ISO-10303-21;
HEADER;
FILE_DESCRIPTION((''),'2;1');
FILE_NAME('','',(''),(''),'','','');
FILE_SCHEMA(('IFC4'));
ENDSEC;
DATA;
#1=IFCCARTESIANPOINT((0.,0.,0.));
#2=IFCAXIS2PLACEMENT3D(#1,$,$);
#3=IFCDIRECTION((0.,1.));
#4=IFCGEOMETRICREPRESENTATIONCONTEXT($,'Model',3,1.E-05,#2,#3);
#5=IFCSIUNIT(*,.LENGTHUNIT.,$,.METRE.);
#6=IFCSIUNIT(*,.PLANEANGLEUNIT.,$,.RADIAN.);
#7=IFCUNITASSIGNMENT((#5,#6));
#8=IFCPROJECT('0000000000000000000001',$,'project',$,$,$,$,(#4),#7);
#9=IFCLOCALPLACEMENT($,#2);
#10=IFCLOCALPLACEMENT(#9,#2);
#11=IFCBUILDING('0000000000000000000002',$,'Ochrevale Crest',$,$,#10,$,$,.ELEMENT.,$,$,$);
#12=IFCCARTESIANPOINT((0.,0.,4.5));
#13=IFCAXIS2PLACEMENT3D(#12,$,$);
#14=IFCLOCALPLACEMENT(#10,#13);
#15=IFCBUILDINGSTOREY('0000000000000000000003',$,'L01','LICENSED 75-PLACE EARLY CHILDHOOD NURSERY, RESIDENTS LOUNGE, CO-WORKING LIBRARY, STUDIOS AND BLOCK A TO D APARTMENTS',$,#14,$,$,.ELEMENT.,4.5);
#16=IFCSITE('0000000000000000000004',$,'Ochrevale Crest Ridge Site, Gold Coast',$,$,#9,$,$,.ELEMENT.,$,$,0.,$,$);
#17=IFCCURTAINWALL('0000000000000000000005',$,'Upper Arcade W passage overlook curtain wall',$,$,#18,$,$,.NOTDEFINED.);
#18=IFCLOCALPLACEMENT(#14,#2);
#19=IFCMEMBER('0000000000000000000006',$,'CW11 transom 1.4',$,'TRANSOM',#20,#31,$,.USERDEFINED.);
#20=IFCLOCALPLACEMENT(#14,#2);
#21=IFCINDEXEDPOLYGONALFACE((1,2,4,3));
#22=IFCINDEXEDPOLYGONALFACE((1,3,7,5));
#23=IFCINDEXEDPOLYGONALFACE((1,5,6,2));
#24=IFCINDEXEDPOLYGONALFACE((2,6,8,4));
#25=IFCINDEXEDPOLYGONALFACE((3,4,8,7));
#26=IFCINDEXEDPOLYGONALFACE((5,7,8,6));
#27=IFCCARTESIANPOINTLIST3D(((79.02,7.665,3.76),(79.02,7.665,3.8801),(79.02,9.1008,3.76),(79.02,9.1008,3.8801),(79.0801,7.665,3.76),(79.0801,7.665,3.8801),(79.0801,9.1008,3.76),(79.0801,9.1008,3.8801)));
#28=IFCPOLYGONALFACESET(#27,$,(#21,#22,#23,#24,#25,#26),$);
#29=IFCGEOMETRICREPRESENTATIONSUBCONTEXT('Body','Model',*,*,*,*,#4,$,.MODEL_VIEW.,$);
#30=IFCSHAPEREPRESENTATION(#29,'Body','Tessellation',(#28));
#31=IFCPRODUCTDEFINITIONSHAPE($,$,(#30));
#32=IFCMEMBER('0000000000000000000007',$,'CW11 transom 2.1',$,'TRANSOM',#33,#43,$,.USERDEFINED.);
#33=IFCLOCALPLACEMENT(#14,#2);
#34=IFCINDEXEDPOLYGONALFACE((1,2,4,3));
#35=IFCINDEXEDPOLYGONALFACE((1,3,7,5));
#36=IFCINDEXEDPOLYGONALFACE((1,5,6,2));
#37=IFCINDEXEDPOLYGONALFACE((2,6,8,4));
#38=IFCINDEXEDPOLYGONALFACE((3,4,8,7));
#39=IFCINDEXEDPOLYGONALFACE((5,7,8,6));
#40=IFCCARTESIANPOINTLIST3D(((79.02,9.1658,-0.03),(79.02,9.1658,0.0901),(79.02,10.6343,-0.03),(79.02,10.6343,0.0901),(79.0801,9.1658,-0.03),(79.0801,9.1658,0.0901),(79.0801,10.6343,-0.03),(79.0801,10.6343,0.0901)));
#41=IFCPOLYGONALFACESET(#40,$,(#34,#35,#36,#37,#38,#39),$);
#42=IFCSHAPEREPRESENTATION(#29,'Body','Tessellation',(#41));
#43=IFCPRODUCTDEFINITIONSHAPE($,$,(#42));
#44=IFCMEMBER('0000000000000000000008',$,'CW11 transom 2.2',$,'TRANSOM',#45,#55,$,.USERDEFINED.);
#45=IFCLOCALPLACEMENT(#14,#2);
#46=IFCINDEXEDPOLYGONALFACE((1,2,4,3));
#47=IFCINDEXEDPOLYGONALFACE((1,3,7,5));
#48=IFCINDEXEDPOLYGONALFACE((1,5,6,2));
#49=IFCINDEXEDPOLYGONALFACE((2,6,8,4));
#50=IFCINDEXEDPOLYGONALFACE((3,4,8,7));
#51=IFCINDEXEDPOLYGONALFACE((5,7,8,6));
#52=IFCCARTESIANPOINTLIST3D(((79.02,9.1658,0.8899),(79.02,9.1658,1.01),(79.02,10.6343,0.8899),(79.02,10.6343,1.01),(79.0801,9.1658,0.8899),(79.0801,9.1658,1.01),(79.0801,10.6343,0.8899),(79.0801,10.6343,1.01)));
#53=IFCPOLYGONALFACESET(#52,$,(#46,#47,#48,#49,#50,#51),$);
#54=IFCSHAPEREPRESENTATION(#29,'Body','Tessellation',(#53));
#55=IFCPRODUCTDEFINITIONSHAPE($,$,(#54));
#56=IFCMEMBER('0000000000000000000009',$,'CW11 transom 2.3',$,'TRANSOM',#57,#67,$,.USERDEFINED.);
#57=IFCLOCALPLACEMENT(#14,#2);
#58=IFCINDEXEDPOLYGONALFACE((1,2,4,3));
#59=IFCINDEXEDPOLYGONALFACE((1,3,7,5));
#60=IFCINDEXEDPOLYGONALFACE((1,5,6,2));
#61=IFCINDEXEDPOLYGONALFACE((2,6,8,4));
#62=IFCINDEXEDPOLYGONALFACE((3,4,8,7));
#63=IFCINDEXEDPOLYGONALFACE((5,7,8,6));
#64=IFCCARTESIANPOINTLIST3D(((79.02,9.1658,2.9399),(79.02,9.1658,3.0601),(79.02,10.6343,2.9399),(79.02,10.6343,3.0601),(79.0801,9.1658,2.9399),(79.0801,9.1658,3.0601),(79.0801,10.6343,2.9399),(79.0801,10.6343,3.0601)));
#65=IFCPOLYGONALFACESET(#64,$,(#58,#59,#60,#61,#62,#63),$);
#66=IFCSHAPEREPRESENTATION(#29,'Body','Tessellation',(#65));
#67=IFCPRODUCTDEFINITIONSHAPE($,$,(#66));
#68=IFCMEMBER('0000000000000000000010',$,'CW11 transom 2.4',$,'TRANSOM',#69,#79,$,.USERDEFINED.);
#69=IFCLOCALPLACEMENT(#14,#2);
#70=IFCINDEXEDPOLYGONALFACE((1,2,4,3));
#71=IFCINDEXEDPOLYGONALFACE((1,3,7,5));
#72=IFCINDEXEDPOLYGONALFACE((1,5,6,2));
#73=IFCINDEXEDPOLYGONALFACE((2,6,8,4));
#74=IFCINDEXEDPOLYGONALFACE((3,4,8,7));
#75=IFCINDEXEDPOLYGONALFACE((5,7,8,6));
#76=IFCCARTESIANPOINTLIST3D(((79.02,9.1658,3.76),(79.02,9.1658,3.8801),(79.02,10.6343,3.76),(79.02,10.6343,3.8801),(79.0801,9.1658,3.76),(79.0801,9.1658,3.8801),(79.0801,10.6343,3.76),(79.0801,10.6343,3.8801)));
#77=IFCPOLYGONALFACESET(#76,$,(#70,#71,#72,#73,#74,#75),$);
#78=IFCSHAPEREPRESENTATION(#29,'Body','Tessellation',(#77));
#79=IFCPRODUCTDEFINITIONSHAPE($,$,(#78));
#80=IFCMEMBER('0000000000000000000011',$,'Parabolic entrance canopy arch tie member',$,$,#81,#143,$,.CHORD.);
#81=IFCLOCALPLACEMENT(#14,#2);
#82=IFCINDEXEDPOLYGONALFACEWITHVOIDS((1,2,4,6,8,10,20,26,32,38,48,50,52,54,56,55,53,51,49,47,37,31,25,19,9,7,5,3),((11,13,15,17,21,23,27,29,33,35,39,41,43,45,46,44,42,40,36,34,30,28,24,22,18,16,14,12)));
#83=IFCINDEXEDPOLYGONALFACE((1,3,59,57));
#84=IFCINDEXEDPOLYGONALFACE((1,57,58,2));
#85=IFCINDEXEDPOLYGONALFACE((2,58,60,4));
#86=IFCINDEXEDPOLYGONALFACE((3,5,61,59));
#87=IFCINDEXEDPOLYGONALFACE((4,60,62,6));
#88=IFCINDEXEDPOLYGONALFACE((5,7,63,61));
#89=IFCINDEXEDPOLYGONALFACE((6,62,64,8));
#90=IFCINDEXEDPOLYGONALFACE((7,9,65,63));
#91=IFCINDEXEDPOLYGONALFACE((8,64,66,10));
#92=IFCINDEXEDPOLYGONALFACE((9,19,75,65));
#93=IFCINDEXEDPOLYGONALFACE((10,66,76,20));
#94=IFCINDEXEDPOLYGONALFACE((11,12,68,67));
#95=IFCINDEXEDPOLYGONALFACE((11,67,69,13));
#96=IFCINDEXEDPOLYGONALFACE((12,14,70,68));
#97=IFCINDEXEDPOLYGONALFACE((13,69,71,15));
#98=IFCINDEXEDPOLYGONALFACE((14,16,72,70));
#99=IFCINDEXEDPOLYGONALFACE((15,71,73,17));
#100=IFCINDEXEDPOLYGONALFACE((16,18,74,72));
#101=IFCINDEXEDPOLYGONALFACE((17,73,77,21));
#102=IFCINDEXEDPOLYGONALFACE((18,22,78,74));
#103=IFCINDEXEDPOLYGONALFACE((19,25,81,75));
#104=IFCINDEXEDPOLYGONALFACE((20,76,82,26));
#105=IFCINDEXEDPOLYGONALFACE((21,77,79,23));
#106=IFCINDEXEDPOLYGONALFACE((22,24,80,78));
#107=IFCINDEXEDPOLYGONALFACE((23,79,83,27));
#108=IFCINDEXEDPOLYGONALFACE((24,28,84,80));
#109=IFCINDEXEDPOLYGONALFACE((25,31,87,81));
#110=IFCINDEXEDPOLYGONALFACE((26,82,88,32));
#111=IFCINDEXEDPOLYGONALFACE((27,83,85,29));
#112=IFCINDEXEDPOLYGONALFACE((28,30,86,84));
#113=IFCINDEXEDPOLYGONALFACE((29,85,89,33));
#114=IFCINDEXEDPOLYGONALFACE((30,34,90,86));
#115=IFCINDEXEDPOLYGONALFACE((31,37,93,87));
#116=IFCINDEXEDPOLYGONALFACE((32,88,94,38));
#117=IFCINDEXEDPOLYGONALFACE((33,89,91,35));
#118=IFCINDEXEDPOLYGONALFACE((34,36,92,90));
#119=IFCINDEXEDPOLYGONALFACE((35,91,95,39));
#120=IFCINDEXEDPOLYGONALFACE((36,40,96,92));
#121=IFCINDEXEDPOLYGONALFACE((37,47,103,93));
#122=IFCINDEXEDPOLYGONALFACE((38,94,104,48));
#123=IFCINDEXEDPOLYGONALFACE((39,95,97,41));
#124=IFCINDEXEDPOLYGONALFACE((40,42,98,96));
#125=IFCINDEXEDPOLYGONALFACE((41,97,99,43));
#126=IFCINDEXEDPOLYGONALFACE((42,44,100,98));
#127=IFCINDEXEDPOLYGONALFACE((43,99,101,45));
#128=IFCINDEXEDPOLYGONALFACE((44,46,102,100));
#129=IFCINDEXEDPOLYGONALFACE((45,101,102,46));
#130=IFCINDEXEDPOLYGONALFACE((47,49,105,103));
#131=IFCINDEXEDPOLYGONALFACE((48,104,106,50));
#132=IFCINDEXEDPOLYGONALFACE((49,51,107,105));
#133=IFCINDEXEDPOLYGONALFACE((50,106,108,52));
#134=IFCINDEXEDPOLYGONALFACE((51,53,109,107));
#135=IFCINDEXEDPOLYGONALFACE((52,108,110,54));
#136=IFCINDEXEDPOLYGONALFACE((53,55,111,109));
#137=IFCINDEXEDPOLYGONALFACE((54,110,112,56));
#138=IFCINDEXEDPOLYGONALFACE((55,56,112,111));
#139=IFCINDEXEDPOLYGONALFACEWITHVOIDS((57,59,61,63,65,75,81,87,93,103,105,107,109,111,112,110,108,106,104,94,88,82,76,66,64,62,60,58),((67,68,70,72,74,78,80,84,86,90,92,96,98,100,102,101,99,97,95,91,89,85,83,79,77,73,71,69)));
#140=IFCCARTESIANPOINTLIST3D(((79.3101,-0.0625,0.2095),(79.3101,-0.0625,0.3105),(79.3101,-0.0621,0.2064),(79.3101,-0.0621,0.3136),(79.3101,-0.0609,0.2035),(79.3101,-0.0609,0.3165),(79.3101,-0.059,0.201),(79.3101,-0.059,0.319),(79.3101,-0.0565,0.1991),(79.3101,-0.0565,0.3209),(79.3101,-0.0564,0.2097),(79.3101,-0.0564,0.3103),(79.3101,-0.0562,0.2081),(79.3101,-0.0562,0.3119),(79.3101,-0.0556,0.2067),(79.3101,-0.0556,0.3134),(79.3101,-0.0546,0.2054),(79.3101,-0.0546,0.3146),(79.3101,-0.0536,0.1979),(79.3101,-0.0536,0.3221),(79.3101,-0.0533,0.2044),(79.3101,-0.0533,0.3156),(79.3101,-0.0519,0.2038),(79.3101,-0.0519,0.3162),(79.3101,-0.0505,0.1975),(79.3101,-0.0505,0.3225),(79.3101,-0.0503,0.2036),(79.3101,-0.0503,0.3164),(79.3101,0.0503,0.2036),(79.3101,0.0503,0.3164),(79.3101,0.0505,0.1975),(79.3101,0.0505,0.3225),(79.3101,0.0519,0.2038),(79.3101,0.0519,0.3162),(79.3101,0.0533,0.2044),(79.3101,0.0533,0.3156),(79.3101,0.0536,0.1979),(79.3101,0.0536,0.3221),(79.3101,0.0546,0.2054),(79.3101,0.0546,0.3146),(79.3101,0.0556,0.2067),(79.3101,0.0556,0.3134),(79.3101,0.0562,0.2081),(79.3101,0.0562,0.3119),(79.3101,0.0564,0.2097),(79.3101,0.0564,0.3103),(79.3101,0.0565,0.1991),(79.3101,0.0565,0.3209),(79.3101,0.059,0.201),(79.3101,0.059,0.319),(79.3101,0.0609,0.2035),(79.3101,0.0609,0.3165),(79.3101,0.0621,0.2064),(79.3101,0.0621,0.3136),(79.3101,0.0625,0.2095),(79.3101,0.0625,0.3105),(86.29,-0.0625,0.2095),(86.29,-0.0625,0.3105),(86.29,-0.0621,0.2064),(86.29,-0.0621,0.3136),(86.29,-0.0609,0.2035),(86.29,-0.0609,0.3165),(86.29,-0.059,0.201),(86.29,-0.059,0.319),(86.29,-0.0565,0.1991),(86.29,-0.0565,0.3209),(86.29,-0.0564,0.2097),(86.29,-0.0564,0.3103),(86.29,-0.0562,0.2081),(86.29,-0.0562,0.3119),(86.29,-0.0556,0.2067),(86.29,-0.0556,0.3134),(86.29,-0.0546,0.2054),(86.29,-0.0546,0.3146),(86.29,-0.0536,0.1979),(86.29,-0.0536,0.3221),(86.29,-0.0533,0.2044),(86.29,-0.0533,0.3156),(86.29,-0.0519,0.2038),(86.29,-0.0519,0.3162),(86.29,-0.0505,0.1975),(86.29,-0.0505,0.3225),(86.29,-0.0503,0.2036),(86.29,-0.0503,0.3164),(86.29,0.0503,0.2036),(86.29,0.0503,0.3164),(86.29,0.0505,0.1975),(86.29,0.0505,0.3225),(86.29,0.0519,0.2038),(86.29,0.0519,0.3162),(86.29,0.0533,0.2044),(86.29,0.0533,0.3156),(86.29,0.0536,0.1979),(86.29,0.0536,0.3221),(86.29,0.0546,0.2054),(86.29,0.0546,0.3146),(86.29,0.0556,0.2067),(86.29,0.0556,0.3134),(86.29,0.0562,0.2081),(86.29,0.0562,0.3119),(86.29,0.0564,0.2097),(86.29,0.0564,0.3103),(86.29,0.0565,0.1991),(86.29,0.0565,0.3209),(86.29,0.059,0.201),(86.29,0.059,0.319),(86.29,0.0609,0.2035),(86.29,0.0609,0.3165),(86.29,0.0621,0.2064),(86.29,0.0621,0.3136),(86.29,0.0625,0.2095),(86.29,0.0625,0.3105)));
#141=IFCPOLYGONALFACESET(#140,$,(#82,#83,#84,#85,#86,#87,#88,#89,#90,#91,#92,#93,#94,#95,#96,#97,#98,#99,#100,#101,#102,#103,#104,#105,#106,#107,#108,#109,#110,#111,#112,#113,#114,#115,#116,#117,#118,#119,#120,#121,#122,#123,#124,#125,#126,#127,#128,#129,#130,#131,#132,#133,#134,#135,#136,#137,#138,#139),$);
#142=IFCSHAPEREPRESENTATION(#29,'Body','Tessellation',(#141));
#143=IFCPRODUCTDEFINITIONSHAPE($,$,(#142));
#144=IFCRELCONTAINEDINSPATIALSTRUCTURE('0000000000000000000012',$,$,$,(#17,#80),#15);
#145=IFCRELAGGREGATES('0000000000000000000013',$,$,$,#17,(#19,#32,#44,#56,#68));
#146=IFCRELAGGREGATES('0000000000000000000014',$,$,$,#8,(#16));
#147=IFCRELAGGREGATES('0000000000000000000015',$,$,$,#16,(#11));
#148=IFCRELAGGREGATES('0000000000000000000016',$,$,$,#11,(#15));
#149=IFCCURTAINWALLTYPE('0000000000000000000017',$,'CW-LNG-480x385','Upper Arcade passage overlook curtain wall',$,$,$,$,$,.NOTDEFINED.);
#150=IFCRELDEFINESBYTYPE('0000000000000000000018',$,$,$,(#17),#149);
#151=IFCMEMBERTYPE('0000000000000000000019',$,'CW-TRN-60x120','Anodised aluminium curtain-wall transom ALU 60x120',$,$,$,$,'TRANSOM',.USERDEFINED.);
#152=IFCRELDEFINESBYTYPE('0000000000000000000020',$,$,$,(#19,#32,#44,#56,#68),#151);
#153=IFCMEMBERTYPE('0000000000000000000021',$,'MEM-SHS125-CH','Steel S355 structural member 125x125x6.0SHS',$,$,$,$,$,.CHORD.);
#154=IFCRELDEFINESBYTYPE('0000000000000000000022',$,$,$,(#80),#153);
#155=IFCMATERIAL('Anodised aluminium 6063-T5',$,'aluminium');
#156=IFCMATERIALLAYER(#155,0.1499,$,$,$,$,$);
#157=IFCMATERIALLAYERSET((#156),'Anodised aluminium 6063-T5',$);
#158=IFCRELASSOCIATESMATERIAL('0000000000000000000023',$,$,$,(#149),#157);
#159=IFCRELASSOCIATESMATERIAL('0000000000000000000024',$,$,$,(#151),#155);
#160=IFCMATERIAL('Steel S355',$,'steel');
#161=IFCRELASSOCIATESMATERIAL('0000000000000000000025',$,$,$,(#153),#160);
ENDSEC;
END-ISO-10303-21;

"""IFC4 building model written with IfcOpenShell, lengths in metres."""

from ifc_helpers import new_model, si_unit, direction, frame, origin, origin_2d, place, context, subcontext, project, spatial, rectangle, hollow_rectangle, extrude, material, layer, layer_set, material_profile, profile_set, type_object, element, aggregate, save


model = new_model("IFC4")

# Units and contexts
model_context = context("Model", 3, precision=1e-05, world=origin(), true_north=direction((0.0, 1.0)))
body_context = subcontext(model_context, "Body", "Model", "MODEL_VIEW")
ifc_project = project(units=[si_unit("LENGTHUNIT", "METRE"), si_unit("PLANEANGLEUNIT", "RADIAN")], contexts=[model_context])

# Site, building, storey
site_placement = place(None, origin())
site = spatial("IfcSite", under=ifc_project, at=site_placement, Name="Ochrevale Crest Ridge Site, Gold Coast", CompositionType="ELEMENT", RefElevation=0.0)
building_placement = place(site_placement, origin())
building = spatial("IfcBuilding", under=site, at=building_placement, Name="Ochrevale Crest", CompositionType="ELEMENT")
storey_placement = place(building_placement, frame((0.0, 0.0, 4.5)))
storey = spatial("IfcBuildingStorey", under=building, at=storey_placement, Name="L01", Description="LICENSED 75-PLACE EARLY CHILDHOOD NURSERY, RESIDENTS LOUNGE, CO-WORKING LIBRARY, STUDIOS AND BLOCK A TO D APARTMENTS", CompositionType="ELEMENT", Elevation=4.5)

# Shared definitions
ifc_material_1 = material(Name="Steel S355", Category="steel")

# Curtain wall, members
ifc_material_2 = material(Name="Anodised aluminium 6063-T5", Category="aluminium")
ifc_layer_1 = layer(ifc_material_2, 0.1499)
ifc_layer_set_1 = layer_set([ifc_layer_1], Name="Anodised aluminium 6063-T5")
curtain_wall_type = type_object("IfcCurtainWallType", Name="CW-LNG-480x385", Description="Upper Arcade passage overlook curtain wall", PredefinedType="NOTDEFINED", material=ifc_layer_set_1)
curtain_wall_placement = place(storey_placement, origin())
curtain_wall = element("IfcCurtainWall", 1, at=curtain_wall_placement, inside=storey, type_object=curtain_wall_type, Name="Upper Arcade W passage overlook curtain wall", PredefinedType="NOTDEFINED")
ifc_material_profile_1 = material_profile(ifc_material_2, rectangle(XDim=0.0601, YDim=0.1201, at=origin_2d()), Name="ALU 60x120")
ifc_profile_set_1 = profile_set([ifc_material_profile_1], Name="Anodised aluminium 6063-T5")
member_type_1 = type_object("IfcMemberType", Name="CW-TRN-60x120", Description="Anodised aluminium curtain-wall transom ALU 60x120", ElementType="TRANSOM", PredefinedType="USERDEFINED", material=ifc_profile_set_1)
member_1_placement = place(storey_placement, frame((79.05, 7.665, 3.8201), z_axis=(0.0, 1.0, 0.0), x_axis=(-1.0, 0.0, 0.0)))
member_1 = element("IfcMember", 2, at=member_1_placement, type_object=member_type_1, Name="CW11 transom 1.4", ObjectType="TRANSOM", PredefinedType="USERDEFINED", context=body_context, shape_type="SweptSolid", body=[
    extrude(rectangle(XDim=0.0601, YDim=0.1201, at=origin_2d()), origin(), (0.0, 0.0, 1.0), 1.4358),
])
member_2_placement = place(storey_placement, frame((79.05, 9.1658, 0.03), z_axis=(0.0, 1.0, 0.0), x_axis=(-1.0, 0.0, 0.0)))
member_2 = element("IfcMember", 3, at=member_2_placement, type_object=member_type_1, Name="CW11 transom 2.1", ObjectType="TRANSOM", PredefinedType="USERDEFINED", context=body_context, shape_type="SweptSolid", body=[
    extrude(rectangle(XDim=0.0601, YDim=0.1201, at=origin_2d()), origin(), (0.0, 0.0, 1.0), 1.4685),
])
member_3_placement = place(storey_placement, frame((79.05, 9.1658, 0.95), z_axis=(0.0, 1.0, 0.0), x_axis=(-1.0, 0.0, 0.0)))
member_3 = element("IfcMember", 4, at=member_3_placement, type_object=member_type_1, Name="CW11 transom 2.2", ObjectType="TRANSOM", PredefinedType="USERDEFINED", context=body_context, shape_type="SweptSolid", body=[
    extrude(rectangle(XDim=0.0601, YDim=0.1201, at=origin_2d()), origin(), (0.0, 0.0, 1.0), 1.4685),
])
member_4_placement = place(storey_placement, frame((79.05, 9.1658, 3.0), z_axis=(0.0, 1.0, 0.0), x_axis=(-1.0, 0.0, 0.0)))
member_4 = element("IfcMember", 5, at=member_4_placement, type_object=member_type_1, Name="CW11 transom 2.3", ObjectType="TRANSOM", PredefinedType="USERDEFINED", context=body_context, shape_type="SweptSolid", body=[
    extrude(rectangle(XDim=0.0601, YDim=0.1201, at=origin_2d()), origin(), (0.0, 0.0, 1.0), 1.4685),
])
member_5_placement = place(storey_placement, frame((79.05, 9.1658, 3.8201), z_axis=(0.0, 1.0, 0.0), x_axis=(-1.0, 0.0, 0.0)))
member_5 = element("IfcMember", 6, at=member_5_placement, type_object=member_type_1, Name="CW11 transom 2.4", ObjectType="TRANSOM", PredefinedType="USERDEFINED", context=body_context, shape_type="SweptSolid", body=[
    extrude(rectangle(XDim=0.0601, YDim=0.1201, at=origin_2d()), origin(), (0.0, 0.0, 1.0), 1.4685),
])

# Member
ifc_material_profile_2 = material_profile(ifc_material_1, hollow_rectangle(XDim=0.125, YDim=0.125, WallThickness=0.0061, InnerFilletRadius=0.0061, OuterFilletRadius=0.012, at=origin_2d()), Name="125x125x6.0SHS")
ifc_profile_set_2 = profile_set([ifc_material_profile_2], Name="Steel S355")
member_type_2 = type_object("IfcMemberType", Name="MEM-SHS125-CH", Description="Steel S355 structural member 125x125x6.0SHS", PredefinedType="CHORD", material=ifc_profile_set_2)
member_6_placement = place(storey_placement, frame((79.3101, 0.0, 0.26), z_axis=(1.0, 0.0, 0.0), x_axis=(0.0, 1.0, 0.0)))
element("IfcMember", 7, at=member_6_placement, inside=storey, type_object=member_type_2, Name="Parabolic entrance canopy arch tie member", PredefinedType="CHORD", context=body_context, shape_type="SweptSolid", body=[
    extrude(hollow_rectangle(XDim=0.125, YDim=0.125, WallThickness=0.0061, InnerFilletRadius=0.0061, OuterFilletRadius=0.012, at=origin_2d()), origin(), (0.0, 0.0, 1.0), 6.98),
])

aggregate(curtain_wall, [member_1, member_2, member_3, member_4, member_5])

save(model, "model.ifc")
